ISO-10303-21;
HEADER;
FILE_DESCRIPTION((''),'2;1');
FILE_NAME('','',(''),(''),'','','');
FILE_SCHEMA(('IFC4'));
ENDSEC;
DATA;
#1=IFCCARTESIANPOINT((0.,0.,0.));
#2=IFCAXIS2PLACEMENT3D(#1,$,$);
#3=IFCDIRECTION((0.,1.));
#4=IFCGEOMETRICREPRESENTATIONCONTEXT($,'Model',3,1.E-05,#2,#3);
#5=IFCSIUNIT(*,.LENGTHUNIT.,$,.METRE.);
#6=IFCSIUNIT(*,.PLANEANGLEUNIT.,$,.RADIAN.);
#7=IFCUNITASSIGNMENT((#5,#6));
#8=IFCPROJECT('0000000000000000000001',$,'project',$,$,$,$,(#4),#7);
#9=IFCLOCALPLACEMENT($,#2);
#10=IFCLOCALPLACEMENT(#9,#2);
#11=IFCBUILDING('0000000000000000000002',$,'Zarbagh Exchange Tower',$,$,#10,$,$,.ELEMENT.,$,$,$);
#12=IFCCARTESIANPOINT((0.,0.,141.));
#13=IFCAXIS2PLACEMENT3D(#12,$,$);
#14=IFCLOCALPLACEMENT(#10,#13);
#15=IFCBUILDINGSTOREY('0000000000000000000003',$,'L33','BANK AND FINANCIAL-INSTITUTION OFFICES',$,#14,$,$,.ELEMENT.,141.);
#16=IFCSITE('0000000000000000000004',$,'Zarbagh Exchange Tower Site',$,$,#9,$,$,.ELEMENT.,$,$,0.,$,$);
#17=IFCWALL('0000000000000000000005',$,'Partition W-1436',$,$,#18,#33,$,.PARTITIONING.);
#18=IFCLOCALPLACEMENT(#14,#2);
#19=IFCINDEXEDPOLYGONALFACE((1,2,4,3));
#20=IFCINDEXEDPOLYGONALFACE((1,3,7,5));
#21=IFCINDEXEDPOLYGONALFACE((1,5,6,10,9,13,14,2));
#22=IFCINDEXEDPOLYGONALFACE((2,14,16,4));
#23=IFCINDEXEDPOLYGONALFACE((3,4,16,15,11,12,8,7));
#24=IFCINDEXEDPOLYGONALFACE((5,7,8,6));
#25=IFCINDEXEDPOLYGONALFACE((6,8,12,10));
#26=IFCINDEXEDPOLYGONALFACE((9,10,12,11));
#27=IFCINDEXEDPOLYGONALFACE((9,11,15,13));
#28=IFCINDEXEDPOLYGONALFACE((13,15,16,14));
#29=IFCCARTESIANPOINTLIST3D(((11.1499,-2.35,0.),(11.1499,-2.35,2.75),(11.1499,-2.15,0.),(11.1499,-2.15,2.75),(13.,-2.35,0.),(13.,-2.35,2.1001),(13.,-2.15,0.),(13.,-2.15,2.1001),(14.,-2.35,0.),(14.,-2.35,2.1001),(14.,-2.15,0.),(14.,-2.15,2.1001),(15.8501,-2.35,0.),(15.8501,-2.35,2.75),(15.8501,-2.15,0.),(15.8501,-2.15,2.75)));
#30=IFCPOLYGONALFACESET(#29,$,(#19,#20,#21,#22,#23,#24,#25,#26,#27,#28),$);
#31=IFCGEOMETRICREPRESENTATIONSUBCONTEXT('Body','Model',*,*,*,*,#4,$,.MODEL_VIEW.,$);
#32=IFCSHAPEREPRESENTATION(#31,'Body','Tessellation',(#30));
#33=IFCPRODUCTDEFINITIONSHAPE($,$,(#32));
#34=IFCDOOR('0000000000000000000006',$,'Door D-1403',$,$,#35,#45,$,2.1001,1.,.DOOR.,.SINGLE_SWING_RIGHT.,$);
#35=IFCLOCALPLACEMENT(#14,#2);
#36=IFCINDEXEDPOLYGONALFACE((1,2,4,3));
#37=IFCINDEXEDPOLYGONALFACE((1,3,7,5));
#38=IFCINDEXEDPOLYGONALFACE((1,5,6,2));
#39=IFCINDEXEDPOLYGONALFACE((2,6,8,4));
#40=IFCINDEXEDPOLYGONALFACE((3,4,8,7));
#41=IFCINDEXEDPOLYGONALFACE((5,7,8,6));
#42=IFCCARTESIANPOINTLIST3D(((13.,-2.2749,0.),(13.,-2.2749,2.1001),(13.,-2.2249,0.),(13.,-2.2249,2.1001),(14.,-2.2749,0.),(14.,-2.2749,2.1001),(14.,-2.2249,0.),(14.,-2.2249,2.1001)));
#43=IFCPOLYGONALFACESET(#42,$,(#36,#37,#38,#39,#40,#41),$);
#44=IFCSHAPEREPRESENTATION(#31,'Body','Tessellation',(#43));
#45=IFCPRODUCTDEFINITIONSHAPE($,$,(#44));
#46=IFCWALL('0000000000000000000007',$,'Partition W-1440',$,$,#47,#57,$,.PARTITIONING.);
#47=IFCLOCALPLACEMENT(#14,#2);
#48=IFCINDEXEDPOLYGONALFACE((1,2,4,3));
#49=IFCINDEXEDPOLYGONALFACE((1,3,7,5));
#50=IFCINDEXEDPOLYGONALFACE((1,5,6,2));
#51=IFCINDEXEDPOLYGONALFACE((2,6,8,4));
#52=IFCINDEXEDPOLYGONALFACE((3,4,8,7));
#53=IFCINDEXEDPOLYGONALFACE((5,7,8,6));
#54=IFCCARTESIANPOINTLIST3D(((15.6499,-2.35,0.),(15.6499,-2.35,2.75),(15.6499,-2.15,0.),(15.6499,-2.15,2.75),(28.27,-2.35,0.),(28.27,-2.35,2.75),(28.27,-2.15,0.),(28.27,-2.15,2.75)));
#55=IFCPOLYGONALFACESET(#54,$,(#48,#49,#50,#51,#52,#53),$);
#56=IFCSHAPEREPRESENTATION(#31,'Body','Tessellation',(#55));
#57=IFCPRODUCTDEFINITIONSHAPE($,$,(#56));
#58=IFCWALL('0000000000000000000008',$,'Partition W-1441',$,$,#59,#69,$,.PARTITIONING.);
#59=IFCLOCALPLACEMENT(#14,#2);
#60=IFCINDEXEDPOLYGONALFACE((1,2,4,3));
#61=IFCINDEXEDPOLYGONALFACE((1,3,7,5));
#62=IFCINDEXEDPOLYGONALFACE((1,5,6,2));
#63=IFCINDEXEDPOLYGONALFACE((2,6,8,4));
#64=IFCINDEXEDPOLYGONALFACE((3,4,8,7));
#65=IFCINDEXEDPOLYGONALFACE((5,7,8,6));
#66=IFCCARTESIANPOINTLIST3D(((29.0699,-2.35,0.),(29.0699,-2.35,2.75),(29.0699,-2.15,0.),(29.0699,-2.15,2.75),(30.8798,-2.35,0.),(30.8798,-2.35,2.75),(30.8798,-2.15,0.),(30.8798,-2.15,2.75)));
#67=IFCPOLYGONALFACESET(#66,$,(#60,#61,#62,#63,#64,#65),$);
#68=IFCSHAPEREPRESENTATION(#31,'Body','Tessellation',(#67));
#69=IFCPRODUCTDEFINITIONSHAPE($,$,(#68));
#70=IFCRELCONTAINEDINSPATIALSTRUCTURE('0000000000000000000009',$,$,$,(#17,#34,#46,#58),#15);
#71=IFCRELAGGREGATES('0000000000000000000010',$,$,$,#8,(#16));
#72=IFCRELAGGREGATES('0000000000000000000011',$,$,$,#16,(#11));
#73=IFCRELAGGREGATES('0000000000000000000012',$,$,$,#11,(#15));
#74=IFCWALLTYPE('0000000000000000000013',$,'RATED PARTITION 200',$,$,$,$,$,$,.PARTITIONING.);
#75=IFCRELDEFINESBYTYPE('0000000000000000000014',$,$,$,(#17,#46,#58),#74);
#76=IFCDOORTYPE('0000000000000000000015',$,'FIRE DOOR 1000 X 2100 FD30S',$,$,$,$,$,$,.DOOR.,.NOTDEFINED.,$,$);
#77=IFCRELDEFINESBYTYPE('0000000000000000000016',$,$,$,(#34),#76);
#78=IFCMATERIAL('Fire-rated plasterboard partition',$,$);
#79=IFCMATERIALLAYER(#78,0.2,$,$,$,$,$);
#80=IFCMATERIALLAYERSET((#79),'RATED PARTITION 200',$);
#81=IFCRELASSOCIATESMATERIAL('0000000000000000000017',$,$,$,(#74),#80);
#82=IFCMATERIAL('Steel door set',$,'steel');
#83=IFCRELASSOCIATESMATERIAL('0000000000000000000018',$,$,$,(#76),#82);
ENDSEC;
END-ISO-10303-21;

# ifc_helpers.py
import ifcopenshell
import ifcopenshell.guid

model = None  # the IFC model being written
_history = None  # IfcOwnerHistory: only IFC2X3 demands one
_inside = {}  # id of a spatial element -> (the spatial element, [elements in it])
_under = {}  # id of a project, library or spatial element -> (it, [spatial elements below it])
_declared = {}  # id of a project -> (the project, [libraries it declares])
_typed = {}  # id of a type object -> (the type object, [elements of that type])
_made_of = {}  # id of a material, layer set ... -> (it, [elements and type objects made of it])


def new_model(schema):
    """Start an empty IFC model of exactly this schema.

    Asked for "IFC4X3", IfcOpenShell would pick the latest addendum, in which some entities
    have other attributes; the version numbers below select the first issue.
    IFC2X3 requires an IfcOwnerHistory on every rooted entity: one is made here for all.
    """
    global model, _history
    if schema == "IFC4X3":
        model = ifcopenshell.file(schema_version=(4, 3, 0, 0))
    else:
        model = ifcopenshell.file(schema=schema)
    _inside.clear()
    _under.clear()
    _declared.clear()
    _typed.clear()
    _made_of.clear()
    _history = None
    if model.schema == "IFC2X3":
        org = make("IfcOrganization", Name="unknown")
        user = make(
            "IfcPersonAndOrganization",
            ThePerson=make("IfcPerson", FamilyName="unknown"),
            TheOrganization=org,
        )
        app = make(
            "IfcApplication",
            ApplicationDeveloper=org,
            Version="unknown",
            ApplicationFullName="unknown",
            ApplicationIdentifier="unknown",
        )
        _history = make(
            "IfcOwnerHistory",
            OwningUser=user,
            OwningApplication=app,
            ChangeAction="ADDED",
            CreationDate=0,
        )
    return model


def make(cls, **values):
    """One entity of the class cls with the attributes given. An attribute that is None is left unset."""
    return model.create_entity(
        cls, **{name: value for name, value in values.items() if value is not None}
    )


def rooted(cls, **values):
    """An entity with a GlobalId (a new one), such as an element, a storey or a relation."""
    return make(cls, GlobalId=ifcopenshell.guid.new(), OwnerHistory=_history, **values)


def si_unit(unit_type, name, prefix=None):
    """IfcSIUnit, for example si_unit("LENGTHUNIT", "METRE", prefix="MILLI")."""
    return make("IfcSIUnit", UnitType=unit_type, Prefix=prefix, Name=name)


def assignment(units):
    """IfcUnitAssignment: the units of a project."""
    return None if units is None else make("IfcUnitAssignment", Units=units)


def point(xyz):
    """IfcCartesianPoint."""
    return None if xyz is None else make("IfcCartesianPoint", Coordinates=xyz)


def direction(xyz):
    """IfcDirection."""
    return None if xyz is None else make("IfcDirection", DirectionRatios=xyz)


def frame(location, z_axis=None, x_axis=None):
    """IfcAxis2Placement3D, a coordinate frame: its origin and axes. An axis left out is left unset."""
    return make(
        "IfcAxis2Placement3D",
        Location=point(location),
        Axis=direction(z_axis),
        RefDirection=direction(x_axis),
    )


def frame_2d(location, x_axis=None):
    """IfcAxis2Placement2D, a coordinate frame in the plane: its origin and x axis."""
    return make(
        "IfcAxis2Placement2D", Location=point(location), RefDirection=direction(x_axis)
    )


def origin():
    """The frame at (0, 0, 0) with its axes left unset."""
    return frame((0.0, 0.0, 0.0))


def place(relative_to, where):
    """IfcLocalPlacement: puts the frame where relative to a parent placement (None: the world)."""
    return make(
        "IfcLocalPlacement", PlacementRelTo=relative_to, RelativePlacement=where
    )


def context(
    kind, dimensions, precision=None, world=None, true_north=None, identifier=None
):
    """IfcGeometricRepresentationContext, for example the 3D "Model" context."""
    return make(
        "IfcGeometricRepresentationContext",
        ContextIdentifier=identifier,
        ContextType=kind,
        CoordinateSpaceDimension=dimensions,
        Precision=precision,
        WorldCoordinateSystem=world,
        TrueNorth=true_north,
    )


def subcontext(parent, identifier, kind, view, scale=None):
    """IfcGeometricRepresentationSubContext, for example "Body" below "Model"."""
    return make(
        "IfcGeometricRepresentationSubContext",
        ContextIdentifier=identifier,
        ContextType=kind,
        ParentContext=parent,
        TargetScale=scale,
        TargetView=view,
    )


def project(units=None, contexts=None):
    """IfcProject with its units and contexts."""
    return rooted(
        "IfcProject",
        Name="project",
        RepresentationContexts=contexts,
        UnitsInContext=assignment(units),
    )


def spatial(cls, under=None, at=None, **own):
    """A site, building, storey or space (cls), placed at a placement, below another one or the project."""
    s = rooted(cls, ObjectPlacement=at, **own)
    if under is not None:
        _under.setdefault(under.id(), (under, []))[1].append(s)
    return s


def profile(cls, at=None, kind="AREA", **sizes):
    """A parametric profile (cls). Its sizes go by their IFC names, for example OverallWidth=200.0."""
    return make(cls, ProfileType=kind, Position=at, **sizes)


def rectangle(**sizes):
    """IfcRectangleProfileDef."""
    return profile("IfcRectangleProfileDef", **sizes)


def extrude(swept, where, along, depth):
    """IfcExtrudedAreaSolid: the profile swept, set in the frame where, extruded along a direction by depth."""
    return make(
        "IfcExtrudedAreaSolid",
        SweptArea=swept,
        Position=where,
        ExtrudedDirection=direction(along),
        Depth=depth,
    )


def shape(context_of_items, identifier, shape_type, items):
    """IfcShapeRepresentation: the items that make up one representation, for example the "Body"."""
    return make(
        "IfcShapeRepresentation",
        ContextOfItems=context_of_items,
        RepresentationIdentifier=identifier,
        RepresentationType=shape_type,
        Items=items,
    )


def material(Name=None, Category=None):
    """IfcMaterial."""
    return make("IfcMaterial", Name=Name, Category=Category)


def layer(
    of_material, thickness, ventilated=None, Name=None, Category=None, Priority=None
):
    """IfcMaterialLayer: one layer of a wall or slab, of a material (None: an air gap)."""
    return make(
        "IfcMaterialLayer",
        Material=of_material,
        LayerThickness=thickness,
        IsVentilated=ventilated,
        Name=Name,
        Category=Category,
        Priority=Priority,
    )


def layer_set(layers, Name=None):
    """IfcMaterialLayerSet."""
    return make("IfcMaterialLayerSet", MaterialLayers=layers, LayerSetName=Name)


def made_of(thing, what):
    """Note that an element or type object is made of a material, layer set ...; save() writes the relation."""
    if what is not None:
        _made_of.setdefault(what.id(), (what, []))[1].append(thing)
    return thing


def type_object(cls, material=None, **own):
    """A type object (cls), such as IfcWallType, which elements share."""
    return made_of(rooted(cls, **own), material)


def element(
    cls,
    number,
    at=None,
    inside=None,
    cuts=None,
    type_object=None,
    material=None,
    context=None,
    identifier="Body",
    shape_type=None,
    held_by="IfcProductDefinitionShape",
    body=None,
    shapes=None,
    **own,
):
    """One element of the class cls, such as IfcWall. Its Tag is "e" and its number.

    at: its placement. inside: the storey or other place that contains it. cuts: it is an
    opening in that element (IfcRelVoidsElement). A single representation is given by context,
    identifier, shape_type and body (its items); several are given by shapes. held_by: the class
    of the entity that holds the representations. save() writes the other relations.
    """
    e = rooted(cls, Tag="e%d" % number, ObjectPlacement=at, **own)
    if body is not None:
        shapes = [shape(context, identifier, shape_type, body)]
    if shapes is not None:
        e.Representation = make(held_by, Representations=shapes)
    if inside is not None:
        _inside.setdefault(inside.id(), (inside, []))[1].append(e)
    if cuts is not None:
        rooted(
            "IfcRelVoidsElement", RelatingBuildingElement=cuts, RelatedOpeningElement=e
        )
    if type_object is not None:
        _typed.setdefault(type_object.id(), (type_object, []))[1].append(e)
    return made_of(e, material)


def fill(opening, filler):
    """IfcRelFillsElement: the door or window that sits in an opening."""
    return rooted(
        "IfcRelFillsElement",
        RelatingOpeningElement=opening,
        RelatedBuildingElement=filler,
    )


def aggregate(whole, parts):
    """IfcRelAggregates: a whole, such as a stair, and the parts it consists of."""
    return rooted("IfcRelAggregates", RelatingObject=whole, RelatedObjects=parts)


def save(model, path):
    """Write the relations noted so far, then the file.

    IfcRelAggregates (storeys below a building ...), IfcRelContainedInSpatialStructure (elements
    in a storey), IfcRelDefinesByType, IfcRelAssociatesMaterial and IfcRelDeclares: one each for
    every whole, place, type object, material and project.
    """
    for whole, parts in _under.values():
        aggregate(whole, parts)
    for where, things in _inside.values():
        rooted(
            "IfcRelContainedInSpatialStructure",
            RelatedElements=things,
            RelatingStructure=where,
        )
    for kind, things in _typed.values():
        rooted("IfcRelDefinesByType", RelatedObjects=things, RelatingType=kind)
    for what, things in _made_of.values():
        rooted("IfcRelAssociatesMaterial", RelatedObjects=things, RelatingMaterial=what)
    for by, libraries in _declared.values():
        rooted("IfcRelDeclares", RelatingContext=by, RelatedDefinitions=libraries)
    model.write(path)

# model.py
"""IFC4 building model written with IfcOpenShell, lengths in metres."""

from ifc_helpers import new_model, si_unit, direction, frame, frame_2d, origin, place, context, subcontext, project, spatial, rectangle, extrude, material, layer, layer_set, type_object, element, fill, save


model = new_model("IFC4")

# Units and contexts
model_context = context("Model", 3, precision=1e-05, world=origin(), true_north=direction((0.0, 1.0)))
body_context = subcontext(model_context, "Body", "Model", "MODEL_VIEW")
ifc_project = project(units=[si_unit("LENGTHUNIT", "METRE"), si_unit("PLANEANGLEUNIT", "RADIAN")], contexts=[model_context])

# Site, building, storey
site_placement = place(None, origin())
site = spatial("IfcSite", under=ifc_project, at=site_placement, Name="Zarbagh Exchange Tower Site", CompositionType="ELEMENT", RefElevation=0.0)
building_placement = place(site_placement, origin())
building = spatial("IfcBuilding", under=site, at=building_placement, Name="Zarbagh Exchange Tower", CompositionType="ELEMENT")
storey_placement = place(building_placement, frame((0.0, 0.0, 141.0)))
storey = spatial("IfcBuildingStorey", under=building, at=storey_placement, Name="L33", Description="BANK AND FINANCIAL-INSTITUTION OFFICES", CompositionType="ELEMENT", Elevation=141.0)

# Shared definitions
ifc_material_1 = material(Name="Fire-rated plasterboard partition")
ifc_layer_1 = layer(ifc_material_1, 0.2)
ifc_layer_set_1 = layer_set([ifc_layer_1], Name="RATED PARTITION 200")
wall_type = type_object("IfcWallType", Name="RATED PARTITION 200", PredefinedType="PARTITIONING", material=ifc_layer_set_1)
ifc_material_2 = material(Name="Steel door set", Category="steel")
door_type = type_object("IfcDoorType", Name="FIRE DOOR 1000 X 2100 FD30S", OperationType="NOTDEFINED", PredefinedType="DOOR", material=ifc_material_2)

# Wall, opening, door
wall_1_placement = place(storey_placement, frame((15.8501, -2.25, 0.0), z_axis=(0.0, 0.0, 1.0), x_axis=(-1.0, 0.0, 0.0)))
wall_1 = element("IfcWall", 1, at=wall_1_placement, inside=storey, type_object=wall_type, Name="Partition W-1436", PredefinedType="PARTITIONING", context=body_context, shape_type="SweptSolid", body=[
    extrude(rectangle(XDim=4.7002, YDim=0.2, at=frame_2d((2.3501, 0.0))), origin(), (0.0, 0.0, 1.0), 2.75),
])
opening_1_placement = place(wall_1_placement, frame((1.8501, 0.0, 0.0)))
opening_1 = element("IfcOpeningElement", 2, at=opening_1_placement, cuts=wall_1, PredefinedType="OPENING", context=body_context, shape_type="SweptSolid", body=[
    extrude(rectangle(XDim=1.0, YDim=2.1001, at=frame_2d((0.5, 1.05))), frame((0.0, 0.1099, 0.0), z_axis=(0.0, -1.0, 0.0), x_axis=(1.0, 0.0, 0.0)), (0.0, 0.0, 1.0), 0.22),
])
door_1_placement = place(opening_1_placement, origin())
door_1 = element("IfcDoor", 3, at=door_1_placement, inside=storey, type_object=door_type, Name="Door D-1403", OperationType="SINGLE_SWING_RIGHT", OverallHeight=2.1001, OverallWidth=1.0, PredefinedType="DOOR", context=body_context, shape_type="SweptSolid", body=[
    extrude(rectangle(XDim=1.0, YDim=2.1001, at=frame_2d((0.5, 1.05))), frame((0.0, 0.0249, 0.0), z_axis=(0.0, -1.0, 0.0), x_axis=(1.0, 0.0, 0.0)), (0.0, 0.0, 1.0), 0.05),
])
fill(opening_1, door_1)

# Walls
wall_2_placement = place(storey_placement, frame((15.6499, -2.25, 0.0), z_axis=(0.0, 0.0, 1.0), x_axis=(1.0, 0.0, 0.0)))
element("IfcWall", 4, at=wall_2_placement, inside=storey, type_object=wall_type, Name="Partition W-1440", PredefinedType="PARTITIONING", context=body_context, shape_type="SweptSolid", body=[
    extrude(rectangle(XDim=12.6201, YDim=0.2, at=frame_2d((6.3101, 0.0))), origin(), (0.0, 0.0, 1.0), 2.75),
])
wall_3_placement = place(storey_placement, frame((29.0701, -2.25, 0.0), z_axis=(0.0, 0.0, 1.0), x_axis=(1.0, 0.0, 0.0)))
element("IfcWall", 5, at=wall_3_placement, inside=storey, type_object=wall_type, Name="Partition W-1441", PredefinedType="PARTITIONING", context=body_context, shape_type="SweptSolid", body=[
    extrude(rectangle(XDim=1.8098, YDim=0.2, at=frame_2d((0.9048, 0.0))), origin(), (0.0, 0.0, 1.0), 2.75),
])

save(model, "model.ifc")
